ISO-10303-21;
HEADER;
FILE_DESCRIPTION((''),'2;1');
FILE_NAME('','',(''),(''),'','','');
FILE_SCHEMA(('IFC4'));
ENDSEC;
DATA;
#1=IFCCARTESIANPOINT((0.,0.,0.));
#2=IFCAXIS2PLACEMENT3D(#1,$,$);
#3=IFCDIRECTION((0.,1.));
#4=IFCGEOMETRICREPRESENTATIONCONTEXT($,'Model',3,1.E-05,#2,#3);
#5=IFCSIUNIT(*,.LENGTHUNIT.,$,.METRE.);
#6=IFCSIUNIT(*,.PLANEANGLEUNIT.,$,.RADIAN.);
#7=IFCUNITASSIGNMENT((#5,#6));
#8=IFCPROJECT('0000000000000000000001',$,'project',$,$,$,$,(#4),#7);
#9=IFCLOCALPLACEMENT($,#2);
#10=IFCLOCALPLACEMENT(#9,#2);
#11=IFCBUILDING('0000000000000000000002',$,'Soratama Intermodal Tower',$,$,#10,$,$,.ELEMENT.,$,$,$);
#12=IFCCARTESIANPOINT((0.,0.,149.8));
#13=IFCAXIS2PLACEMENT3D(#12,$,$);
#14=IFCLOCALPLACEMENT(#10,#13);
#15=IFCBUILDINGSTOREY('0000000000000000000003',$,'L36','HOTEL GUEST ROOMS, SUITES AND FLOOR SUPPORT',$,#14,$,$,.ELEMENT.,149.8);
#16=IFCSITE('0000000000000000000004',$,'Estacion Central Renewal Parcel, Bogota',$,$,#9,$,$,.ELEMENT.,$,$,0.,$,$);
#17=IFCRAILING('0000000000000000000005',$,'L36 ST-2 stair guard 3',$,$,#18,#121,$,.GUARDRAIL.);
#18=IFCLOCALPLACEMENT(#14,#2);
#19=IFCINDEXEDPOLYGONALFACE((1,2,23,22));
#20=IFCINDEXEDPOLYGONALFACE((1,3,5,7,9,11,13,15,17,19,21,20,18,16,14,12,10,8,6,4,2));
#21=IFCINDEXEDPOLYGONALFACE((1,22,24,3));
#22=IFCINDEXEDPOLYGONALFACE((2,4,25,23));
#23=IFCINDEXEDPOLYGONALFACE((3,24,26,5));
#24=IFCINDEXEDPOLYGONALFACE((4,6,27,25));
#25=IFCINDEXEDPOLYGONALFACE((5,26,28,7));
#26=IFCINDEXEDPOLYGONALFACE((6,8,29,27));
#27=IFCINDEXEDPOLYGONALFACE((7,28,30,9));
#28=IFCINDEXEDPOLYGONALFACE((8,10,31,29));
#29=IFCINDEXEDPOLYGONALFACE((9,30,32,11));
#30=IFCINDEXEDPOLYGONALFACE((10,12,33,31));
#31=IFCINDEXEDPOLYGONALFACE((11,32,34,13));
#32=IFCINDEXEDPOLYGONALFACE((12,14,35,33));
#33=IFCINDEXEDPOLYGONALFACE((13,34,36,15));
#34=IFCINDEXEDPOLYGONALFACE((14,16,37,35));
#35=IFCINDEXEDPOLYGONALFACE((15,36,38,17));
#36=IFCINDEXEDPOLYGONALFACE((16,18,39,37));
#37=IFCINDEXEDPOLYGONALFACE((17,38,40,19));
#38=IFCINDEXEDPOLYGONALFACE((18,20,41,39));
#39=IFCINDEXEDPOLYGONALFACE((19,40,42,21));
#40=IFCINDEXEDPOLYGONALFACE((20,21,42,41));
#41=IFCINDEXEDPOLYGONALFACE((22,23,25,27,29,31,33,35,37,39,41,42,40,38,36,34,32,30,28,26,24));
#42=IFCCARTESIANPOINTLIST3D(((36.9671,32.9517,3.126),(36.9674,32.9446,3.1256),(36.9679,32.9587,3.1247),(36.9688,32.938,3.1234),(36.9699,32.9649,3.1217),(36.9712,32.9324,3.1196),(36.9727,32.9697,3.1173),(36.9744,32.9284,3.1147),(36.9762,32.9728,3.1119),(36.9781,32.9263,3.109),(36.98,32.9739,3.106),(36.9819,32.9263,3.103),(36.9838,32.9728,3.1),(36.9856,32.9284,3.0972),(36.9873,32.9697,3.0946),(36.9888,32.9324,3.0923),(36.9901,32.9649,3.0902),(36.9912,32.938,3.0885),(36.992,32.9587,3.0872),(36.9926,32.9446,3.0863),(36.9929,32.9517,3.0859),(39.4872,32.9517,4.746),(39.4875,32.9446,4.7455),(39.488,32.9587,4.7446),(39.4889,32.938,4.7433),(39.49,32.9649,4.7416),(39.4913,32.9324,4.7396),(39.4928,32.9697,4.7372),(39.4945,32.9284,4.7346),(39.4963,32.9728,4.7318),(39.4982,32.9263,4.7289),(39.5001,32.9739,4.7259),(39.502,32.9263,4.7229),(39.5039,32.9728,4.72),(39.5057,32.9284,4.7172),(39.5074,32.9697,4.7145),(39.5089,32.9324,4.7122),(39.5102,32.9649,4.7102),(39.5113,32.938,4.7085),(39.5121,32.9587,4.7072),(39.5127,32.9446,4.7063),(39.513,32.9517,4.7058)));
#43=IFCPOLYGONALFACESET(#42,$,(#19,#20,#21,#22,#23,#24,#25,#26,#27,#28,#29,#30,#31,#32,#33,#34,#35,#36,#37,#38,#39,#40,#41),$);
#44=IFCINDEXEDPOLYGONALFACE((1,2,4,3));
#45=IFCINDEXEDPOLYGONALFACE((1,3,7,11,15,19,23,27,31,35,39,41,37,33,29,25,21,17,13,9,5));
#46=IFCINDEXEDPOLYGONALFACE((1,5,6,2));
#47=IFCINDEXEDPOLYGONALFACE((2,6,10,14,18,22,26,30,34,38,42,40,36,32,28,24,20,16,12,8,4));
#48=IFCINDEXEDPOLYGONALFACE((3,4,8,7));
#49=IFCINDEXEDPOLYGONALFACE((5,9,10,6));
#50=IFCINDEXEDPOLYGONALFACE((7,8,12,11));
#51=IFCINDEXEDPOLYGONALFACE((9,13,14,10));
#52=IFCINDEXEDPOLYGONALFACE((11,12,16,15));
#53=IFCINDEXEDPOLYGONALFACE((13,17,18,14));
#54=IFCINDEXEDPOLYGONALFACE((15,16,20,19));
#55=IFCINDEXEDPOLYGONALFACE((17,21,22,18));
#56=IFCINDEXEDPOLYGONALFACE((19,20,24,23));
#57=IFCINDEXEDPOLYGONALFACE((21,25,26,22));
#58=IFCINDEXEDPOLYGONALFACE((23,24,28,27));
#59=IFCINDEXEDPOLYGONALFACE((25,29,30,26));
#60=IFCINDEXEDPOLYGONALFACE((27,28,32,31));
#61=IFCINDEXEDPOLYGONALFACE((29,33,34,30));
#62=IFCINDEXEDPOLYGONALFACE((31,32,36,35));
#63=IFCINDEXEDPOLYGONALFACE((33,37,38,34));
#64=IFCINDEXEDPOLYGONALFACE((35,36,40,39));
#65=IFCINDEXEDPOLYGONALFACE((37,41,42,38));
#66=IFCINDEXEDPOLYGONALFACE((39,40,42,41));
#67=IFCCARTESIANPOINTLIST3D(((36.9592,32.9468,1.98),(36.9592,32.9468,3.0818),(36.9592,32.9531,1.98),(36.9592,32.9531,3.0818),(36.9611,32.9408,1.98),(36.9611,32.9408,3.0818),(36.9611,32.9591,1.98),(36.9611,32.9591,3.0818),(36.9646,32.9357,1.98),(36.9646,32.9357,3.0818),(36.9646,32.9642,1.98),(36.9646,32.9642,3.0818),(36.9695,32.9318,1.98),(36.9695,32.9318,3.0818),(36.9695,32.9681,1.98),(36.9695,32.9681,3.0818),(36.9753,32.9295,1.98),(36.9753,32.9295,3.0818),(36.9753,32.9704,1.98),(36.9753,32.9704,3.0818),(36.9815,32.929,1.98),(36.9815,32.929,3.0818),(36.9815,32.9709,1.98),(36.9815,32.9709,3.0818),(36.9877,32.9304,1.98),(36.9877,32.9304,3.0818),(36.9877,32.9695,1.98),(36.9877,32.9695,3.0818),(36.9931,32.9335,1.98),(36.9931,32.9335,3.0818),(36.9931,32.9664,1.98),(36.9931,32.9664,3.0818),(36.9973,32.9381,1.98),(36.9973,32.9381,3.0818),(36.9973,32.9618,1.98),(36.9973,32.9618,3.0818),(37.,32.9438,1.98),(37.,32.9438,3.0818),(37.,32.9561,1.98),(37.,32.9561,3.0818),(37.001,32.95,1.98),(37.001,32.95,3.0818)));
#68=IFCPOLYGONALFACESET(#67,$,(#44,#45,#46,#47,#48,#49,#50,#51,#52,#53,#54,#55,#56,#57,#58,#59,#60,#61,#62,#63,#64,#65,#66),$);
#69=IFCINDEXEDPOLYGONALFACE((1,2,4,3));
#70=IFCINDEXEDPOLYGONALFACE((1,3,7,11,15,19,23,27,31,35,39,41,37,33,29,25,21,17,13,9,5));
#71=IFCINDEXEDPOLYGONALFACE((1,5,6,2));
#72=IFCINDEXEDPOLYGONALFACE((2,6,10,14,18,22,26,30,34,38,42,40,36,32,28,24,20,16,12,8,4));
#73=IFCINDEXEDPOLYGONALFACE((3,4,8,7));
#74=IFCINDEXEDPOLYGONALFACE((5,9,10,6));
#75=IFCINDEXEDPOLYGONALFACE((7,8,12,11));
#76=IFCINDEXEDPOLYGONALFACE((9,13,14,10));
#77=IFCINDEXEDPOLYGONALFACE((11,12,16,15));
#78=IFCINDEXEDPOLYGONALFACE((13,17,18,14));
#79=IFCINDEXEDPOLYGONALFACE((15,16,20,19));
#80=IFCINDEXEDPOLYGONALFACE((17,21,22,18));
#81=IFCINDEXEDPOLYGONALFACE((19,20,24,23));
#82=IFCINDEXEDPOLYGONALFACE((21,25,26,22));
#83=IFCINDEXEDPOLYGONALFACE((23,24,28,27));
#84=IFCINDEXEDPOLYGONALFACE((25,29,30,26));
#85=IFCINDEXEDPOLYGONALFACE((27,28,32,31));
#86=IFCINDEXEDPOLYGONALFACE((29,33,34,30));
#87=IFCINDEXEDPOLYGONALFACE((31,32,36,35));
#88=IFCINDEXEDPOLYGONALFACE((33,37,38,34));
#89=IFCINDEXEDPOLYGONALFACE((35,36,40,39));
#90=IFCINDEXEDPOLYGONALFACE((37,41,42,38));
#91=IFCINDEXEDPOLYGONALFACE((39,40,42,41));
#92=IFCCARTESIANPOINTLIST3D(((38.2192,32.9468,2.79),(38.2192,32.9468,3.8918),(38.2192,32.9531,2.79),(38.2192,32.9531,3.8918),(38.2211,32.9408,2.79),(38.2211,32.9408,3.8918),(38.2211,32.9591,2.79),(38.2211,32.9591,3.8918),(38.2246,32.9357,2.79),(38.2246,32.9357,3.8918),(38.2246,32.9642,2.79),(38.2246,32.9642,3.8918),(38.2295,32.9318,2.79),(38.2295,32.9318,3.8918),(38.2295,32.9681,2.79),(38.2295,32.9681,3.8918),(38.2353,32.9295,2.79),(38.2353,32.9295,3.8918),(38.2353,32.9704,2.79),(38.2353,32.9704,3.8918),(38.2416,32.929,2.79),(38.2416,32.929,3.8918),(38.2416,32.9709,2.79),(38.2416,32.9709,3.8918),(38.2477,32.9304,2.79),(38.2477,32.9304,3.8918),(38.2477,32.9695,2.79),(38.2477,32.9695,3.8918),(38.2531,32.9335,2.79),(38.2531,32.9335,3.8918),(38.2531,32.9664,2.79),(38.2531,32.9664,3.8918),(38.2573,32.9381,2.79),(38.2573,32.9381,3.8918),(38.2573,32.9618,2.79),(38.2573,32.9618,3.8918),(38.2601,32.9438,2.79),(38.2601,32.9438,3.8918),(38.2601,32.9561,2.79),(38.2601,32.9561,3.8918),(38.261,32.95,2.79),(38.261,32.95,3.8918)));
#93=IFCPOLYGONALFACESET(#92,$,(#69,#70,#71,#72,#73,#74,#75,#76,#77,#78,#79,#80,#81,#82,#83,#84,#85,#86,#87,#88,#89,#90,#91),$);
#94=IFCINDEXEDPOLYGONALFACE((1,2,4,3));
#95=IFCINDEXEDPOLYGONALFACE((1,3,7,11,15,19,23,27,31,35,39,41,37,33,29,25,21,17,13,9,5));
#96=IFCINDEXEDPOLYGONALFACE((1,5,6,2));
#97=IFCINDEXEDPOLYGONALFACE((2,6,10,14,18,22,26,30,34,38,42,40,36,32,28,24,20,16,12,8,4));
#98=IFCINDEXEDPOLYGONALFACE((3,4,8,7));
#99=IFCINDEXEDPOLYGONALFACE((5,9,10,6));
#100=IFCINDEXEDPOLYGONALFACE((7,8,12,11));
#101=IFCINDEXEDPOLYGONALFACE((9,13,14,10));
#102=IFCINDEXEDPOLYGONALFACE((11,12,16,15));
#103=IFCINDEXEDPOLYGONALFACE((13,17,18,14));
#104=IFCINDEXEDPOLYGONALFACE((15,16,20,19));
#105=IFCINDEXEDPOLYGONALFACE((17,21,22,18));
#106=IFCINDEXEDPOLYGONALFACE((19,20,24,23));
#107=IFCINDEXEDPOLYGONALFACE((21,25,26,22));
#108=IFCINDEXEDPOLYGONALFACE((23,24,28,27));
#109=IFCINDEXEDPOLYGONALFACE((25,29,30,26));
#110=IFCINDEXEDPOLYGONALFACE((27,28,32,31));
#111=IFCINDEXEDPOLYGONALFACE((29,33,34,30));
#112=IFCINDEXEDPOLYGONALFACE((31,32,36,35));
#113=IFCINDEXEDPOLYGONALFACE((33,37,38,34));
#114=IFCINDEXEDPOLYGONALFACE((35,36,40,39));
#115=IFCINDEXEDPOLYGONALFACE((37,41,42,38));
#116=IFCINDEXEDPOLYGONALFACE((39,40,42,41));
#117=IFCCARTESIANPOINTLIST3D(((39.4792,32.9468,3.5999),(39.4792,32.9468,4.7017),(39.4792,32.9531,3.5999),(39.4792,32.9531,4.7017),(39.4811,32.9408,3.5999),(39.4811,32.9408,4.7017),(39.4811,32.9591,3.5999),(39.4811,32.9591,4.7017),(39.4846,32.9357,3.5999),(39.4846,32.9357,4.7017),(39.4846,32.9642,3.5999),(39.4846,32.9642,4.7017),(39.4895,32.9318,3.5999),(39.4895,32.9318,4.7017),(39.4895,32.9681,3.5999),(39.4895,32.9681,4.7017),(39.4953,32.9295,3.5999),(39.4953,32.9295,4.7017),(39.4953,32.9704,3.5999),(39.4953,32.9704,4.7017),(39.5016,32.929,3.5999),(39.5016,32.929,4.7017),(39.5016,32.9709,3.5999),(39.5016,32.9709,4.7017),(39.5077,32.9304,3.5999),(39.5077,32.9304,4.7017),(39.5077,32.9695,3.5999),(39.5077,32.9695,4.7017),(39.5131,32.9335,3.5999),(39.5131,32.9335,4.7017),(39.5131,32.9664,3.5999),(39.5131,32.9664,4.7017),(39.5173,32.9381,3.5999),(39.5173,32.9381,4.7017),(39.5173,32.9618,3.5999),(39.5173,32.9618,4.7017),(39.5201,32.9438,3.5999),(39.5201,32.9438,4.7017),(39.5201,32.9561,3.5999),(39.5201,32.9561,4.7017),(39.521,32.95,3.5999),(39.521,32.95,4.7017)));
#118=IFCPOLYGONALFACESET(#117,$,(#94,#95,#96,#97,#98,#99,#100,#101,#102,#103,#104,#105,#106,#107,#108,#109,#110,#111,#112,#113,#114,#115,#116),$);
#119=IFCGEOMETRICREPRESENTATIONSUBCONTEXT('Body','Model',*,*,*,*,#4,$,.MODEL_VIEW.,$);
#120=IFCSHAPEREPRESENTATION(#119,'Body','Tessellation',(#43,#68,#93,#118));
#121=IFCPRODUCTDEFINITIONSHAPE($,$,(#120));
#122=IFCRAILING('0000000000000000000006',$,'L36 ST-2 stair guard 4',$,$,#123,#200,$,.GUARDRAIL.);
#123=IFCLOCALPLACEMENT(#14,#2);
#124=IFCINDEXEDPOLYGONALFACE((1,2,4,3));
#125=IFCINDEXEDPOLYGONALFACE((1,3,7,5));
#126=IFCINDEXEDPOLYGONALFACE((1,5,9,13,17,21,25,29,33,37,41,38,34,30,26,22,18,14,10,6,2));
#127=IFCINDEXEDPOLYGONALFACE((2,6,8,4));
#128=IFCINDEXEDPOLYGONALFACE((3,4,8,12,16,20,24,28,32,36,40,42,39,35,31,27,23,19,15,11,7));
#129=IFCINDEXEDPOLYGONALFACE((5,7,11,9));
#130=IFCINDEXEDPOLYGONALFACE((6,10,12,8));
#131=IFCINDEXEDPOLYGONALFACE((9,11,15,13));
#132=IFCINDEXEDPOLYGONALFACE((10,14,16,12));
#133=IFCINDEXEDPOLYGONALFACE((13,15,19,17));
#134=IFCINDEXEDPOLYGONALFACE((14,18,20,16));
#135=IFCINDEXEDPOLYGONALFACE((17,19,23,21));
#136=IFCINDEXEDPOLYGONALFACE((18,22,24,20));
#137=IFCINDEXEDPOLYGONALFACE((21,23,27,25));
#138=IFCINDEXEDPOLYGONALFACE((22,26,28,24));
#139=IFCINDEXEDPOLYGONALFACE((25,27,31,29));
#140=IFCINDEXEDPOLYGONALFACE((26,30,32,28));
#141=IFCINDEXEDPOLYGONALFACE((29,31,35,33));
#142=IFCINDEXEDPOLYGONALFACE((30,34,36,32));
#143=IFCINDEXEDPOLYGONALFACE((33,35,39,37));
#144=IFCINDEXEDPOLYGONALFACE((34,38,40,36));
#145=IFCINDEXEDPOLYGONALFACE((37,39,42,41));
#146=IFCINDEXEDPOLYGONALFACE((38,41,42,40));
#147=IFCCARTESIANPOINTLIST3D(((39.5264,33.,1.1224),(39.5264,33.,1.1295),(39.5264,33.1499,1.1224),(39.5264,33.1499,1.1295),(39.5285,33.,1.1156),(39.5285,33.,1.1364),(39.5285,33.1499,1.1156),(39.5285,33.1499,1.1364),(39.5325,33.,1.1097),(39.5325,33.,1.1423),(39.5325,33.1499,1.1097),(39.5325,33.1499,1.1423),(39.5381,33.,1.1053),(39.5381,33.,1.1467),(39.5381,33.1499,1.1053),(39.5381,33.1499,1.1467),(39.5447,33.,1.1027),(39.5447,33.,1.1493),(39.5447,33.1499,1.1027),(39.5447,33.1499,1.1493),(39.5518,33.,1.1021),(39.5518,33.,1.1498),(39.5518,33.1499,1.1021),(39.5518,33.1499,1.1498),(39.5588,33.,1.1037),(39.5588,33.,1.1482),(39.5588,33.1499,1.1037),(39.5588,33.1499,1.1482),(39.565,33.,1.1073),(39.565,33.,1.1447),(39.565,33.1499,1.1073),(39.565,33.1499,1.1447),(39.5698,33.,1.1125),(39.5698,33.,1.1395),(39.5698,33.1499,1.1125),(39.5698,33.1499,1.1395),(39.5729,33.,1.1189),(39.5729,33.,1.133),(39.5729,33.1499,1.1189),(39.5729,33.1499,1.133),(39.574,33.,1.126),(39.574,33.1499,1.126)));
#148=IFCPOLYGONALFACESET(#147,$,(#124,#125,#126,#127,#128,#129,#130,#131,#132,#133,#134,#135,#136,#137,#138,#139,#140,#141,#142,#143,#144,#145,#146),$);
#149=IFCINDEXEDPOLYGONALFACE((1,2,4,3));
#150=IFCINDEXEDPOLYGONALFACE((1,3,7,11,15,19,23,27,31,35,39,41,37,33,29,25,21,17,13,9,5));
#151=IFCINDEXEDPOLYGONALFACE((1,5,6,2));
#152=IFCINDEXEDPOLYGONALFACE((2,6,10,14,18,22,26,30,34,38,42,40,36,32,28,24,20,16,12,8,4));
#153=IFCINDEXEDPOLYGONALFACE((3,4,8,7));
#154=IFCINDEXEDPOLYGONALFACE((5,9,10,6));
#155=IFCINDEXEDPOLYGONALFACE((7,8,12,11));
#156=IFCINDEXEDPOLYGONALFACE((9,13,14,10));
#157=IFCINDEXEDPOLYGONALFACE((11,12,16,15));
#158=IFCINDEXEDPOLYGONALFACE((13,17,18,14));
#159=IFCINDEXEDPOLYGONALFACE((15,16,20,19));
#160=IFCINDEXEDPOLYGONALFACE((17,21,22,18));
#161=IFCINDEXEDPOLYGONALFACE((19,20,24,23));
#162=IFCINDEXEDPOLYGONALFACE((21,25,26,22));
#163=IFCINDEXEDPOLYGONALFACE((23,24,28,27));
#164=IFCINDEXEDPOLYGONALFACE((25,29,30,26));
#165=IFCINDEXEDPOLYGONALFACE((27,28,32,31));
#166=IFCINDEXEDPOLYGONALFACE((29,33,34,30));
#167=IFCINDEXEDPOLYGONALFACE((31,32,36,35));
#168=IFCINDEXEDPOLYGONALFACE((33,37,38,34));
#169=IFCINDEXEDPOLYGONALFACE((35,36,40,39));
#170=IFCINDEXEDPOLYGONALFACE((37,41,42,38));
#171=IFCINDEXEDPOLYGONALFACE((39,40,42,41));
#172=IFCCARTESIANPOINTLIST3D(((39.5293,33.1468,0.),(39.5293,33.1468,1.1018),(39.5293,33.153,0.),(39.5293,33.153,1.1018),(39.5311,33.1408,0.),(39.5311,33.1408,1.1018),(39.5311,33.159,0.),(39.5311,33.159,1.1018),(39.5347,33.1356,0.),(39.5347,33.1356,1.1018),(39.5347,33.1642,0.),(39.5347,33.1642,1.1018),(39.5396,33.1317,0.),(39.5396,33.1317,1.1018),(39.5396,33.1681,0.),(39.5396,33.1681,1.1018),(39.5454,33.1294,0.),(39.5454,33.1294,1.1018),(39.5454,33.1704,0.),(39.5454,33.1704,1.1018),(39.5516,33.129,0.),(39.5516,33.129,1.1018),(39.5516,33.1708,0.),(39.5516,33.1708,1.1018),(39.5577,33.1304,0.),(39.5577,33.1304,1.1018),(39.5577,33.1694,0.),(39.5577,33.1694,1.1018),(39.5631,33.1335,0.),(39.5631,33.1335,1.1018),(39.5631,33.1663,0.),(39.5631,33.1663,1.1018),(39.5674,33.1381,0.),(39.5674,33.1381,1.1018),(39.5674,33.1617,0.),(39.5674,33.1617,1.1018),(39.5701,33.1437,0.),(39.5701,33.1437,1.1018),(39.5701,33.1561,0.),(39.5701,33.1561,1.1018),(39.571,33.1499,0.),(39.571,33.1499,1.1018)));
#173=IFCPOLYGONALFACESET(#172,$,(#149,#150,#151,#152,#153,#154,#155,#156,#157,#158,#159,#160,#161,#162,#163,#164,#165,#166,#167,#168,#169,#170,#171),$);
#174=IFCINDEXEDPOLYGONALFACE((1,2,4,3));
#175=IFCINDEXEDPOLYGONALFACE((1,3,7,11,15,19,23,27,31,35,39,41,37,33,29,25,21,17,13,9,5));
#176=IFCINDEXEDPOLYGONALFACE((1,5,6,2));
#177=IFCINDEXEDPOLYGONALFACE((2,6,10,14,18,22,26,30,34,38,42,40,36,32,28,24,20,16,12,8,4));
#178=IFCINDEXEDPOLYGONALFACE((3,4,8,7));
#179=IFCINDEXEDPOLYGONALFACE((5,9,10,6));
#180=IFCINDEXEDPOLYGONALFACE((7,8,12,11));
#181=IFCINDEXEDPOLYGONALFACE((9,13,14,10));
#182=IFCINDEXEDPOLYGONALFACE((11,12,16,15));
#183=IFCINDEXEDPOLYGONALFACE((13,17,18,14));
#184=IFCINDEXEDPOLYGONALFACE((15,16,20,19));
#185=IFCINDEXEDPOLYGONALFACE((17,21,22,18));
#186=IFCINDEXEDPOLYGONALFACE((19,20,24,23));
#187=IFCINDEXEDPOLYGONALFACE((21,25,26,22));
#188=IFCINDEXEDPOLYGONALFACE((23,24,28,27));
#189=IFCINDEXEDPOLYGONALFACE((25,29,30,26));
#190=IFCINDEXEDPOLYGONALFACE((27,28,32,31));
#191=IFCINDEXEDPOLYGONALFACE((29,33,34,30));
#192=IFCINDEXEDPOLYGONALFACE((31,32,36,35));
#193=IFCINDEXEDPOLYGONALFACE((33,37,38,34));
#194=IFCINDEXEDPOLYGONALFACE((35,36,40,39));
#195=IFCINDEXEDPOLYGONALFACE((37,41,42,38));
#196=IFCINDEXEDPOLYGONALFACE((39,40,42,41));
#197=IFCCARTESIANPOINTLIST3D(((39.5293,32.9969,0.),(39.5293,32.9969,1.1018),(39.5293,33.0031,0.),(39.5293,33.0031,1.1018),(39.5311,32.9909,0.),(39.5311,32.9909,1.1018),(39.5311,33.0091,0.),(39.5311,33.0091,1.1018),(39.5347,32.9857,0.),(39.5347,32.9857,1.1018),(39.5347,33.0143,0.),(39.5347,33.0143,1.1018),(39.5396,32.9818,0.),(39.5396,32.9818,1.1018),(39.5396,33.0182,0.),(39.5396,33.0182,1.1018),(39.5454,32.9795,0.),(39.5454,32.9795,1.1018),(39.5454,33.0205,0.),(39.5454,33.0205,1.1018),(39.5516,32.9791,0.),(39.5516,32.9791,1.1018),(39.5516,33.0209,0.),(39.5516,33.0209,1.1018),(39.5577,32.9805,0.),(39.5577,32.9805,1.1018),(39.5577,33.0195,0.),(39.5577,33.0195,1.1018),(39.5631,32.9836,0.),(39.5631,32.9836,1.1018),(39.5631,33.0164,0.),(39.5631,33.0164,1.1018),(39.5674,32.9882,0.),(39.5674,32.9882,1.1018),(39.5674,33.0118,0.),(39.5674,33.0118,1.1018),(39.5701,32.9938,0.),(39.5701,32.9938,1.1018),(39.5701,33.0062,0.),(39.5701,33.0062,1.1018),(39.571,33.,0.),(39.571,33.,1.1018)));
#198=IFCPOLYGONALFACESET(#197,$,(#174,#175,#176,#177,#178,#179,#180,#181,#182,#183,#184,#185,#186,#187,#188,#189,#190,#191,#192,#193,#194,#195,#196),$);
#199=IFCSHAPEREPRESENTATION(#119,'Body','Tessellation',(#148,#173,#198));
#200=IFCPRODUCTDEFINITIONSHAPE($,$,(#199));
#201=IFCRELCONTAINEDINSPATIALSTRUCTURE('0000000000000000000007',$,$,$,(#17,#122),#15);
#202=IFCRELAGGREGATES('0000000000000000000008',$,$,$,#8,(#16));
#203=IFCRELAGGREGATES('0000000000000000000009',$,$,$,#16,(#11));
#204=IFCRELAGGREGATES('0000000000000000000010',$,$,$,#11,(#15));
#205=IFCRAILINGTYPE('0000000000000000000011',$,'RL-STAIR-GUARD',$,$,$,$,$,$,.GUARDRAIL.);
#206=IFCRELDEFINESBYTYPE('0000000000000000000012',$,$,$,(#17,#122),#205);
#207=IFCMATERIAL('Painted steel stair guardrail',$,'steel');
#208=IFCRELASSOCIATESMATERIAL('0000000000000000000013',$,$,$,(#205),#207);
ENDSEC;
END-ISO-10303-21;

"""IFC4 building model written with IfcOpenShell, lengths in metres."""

from ifc_helpers import new_model, si_unit, direction, frame, origin, origin_2d, place, context, subcontext, project, spatial, circle, extrude, material, type_object, element, save


model = new_model("IFC4")

# Units and contexts
model_context = context("Model", 3, precision=1e-05, world=origin(), true_north=direction((0.0, 1.0)))
body_context = subcontext(model_context, "Body", "Model", "MODEL_VIEW")
ifc_project = project(units=[si_unit("LENGTHUNIT", "METRE"), si_unit("PLANEANGLEUNIT", "RADIAN")], contexts=[model_context])

# Site, building, storey
site_placement = place(None, origin())
site = spatial("IfcSite", under=ifc_project, at=site_placement, Name="Estacion Central Renewal Parcel, Bogota", CompositionType="ELEMENT", RefElevation=0.0)
building_placement = place(site_placement, origin())
building = spatial("IfcBuilding", under=site, at=building_placement, Name="Soratama Intermodal Tower", CompositionType="ELEMENT")
storey_placement = place(building_placement, frame((0.0, 0.0, 149.8)))
storey = spatial("IfcBuildingStorey", under=building, at=storey_placement, Name="L36", Description="HOTEL GUEST ROOMS, SUITES AND FLOOR SUPPORT", CompositionType="ELEMENT", Elevation=149.8)

# Railings
ifc_material_1 = material(Name="Painted steel stair guardrail", Category="steel")
railing_type_1 = type_object("IfcRailingType", Name="RL-STAIR-GUARD", PredefinedType="GUARDRAIL", material=ifc_material_1)
railing_1_placement = place(storey_placement, frame((36.98, 32.95, 1.98)))
element("IfcRailing", 1, at=railing_1_placement, inside=storey, type_object=railing_type_1, Name="L36 ST-2 stair guard 3", PredefinedType="GUARDRAIL", context=body_context, shape_type="SweptSolid", body=[
    extrude(circle(Radius=0.0239, at=origin_2d()), frame((0.0, 0.0, 1.126), z_axis=(0.8412, 0.0, 0.540725), x_axis=(0.0, 1.0, 0.0)), (0.0, 0.0, 1.0), 2.9958),
    extrude(circle(Radius=0.021, at=origin_2d()), origin(), (0.0, 0.0, 1.0), 1.1018),
    extrude(circle(Radius=0.021, at=origin_2d()), frame((1.26, 0.0, 0.8101)), (0.0, 0.0, 1.0), 1.1018),
    extrude(circle(Radius=0.021, at=origin_2d()), frame((2.52, 0.0, 1.6199)), (0.0, 0.0, 1.0), 1.1018),
])
railing_2_placement = place(storey_placement, frame((39.55, 33.1499, 0.0)))
element("IfcRailing", 2, at=railing_2_placement, inside=storey, type_object=railing_type_1, Name="L36 ST-2 stair guard 4", PredefinedType="GUARDRAIL", context=body_context, shape_type="SweptSolid", body=[
    extrude(circle(Radius=0.0239, at=origin_2d()), frame((0.0, 0.0, 1.126), z_axis=(0.0, -1.0, 0.0), x_axis=(1.0, 0.0, 0.0)), (0.0, 0.0, 1.0), 0.1499),
    extrude(circle(Radius=0.021, at=origin_2d()), origin(), (0.0, 0.0, 1.0), 1.1018),
    extrude(circle(Radius=0.021, at=origin_2d()), frame((0.0, -0.1499, 0.0)), (0.0, 0.0, 1.0), 1.1018),
])

save(model, "model.ifc")
